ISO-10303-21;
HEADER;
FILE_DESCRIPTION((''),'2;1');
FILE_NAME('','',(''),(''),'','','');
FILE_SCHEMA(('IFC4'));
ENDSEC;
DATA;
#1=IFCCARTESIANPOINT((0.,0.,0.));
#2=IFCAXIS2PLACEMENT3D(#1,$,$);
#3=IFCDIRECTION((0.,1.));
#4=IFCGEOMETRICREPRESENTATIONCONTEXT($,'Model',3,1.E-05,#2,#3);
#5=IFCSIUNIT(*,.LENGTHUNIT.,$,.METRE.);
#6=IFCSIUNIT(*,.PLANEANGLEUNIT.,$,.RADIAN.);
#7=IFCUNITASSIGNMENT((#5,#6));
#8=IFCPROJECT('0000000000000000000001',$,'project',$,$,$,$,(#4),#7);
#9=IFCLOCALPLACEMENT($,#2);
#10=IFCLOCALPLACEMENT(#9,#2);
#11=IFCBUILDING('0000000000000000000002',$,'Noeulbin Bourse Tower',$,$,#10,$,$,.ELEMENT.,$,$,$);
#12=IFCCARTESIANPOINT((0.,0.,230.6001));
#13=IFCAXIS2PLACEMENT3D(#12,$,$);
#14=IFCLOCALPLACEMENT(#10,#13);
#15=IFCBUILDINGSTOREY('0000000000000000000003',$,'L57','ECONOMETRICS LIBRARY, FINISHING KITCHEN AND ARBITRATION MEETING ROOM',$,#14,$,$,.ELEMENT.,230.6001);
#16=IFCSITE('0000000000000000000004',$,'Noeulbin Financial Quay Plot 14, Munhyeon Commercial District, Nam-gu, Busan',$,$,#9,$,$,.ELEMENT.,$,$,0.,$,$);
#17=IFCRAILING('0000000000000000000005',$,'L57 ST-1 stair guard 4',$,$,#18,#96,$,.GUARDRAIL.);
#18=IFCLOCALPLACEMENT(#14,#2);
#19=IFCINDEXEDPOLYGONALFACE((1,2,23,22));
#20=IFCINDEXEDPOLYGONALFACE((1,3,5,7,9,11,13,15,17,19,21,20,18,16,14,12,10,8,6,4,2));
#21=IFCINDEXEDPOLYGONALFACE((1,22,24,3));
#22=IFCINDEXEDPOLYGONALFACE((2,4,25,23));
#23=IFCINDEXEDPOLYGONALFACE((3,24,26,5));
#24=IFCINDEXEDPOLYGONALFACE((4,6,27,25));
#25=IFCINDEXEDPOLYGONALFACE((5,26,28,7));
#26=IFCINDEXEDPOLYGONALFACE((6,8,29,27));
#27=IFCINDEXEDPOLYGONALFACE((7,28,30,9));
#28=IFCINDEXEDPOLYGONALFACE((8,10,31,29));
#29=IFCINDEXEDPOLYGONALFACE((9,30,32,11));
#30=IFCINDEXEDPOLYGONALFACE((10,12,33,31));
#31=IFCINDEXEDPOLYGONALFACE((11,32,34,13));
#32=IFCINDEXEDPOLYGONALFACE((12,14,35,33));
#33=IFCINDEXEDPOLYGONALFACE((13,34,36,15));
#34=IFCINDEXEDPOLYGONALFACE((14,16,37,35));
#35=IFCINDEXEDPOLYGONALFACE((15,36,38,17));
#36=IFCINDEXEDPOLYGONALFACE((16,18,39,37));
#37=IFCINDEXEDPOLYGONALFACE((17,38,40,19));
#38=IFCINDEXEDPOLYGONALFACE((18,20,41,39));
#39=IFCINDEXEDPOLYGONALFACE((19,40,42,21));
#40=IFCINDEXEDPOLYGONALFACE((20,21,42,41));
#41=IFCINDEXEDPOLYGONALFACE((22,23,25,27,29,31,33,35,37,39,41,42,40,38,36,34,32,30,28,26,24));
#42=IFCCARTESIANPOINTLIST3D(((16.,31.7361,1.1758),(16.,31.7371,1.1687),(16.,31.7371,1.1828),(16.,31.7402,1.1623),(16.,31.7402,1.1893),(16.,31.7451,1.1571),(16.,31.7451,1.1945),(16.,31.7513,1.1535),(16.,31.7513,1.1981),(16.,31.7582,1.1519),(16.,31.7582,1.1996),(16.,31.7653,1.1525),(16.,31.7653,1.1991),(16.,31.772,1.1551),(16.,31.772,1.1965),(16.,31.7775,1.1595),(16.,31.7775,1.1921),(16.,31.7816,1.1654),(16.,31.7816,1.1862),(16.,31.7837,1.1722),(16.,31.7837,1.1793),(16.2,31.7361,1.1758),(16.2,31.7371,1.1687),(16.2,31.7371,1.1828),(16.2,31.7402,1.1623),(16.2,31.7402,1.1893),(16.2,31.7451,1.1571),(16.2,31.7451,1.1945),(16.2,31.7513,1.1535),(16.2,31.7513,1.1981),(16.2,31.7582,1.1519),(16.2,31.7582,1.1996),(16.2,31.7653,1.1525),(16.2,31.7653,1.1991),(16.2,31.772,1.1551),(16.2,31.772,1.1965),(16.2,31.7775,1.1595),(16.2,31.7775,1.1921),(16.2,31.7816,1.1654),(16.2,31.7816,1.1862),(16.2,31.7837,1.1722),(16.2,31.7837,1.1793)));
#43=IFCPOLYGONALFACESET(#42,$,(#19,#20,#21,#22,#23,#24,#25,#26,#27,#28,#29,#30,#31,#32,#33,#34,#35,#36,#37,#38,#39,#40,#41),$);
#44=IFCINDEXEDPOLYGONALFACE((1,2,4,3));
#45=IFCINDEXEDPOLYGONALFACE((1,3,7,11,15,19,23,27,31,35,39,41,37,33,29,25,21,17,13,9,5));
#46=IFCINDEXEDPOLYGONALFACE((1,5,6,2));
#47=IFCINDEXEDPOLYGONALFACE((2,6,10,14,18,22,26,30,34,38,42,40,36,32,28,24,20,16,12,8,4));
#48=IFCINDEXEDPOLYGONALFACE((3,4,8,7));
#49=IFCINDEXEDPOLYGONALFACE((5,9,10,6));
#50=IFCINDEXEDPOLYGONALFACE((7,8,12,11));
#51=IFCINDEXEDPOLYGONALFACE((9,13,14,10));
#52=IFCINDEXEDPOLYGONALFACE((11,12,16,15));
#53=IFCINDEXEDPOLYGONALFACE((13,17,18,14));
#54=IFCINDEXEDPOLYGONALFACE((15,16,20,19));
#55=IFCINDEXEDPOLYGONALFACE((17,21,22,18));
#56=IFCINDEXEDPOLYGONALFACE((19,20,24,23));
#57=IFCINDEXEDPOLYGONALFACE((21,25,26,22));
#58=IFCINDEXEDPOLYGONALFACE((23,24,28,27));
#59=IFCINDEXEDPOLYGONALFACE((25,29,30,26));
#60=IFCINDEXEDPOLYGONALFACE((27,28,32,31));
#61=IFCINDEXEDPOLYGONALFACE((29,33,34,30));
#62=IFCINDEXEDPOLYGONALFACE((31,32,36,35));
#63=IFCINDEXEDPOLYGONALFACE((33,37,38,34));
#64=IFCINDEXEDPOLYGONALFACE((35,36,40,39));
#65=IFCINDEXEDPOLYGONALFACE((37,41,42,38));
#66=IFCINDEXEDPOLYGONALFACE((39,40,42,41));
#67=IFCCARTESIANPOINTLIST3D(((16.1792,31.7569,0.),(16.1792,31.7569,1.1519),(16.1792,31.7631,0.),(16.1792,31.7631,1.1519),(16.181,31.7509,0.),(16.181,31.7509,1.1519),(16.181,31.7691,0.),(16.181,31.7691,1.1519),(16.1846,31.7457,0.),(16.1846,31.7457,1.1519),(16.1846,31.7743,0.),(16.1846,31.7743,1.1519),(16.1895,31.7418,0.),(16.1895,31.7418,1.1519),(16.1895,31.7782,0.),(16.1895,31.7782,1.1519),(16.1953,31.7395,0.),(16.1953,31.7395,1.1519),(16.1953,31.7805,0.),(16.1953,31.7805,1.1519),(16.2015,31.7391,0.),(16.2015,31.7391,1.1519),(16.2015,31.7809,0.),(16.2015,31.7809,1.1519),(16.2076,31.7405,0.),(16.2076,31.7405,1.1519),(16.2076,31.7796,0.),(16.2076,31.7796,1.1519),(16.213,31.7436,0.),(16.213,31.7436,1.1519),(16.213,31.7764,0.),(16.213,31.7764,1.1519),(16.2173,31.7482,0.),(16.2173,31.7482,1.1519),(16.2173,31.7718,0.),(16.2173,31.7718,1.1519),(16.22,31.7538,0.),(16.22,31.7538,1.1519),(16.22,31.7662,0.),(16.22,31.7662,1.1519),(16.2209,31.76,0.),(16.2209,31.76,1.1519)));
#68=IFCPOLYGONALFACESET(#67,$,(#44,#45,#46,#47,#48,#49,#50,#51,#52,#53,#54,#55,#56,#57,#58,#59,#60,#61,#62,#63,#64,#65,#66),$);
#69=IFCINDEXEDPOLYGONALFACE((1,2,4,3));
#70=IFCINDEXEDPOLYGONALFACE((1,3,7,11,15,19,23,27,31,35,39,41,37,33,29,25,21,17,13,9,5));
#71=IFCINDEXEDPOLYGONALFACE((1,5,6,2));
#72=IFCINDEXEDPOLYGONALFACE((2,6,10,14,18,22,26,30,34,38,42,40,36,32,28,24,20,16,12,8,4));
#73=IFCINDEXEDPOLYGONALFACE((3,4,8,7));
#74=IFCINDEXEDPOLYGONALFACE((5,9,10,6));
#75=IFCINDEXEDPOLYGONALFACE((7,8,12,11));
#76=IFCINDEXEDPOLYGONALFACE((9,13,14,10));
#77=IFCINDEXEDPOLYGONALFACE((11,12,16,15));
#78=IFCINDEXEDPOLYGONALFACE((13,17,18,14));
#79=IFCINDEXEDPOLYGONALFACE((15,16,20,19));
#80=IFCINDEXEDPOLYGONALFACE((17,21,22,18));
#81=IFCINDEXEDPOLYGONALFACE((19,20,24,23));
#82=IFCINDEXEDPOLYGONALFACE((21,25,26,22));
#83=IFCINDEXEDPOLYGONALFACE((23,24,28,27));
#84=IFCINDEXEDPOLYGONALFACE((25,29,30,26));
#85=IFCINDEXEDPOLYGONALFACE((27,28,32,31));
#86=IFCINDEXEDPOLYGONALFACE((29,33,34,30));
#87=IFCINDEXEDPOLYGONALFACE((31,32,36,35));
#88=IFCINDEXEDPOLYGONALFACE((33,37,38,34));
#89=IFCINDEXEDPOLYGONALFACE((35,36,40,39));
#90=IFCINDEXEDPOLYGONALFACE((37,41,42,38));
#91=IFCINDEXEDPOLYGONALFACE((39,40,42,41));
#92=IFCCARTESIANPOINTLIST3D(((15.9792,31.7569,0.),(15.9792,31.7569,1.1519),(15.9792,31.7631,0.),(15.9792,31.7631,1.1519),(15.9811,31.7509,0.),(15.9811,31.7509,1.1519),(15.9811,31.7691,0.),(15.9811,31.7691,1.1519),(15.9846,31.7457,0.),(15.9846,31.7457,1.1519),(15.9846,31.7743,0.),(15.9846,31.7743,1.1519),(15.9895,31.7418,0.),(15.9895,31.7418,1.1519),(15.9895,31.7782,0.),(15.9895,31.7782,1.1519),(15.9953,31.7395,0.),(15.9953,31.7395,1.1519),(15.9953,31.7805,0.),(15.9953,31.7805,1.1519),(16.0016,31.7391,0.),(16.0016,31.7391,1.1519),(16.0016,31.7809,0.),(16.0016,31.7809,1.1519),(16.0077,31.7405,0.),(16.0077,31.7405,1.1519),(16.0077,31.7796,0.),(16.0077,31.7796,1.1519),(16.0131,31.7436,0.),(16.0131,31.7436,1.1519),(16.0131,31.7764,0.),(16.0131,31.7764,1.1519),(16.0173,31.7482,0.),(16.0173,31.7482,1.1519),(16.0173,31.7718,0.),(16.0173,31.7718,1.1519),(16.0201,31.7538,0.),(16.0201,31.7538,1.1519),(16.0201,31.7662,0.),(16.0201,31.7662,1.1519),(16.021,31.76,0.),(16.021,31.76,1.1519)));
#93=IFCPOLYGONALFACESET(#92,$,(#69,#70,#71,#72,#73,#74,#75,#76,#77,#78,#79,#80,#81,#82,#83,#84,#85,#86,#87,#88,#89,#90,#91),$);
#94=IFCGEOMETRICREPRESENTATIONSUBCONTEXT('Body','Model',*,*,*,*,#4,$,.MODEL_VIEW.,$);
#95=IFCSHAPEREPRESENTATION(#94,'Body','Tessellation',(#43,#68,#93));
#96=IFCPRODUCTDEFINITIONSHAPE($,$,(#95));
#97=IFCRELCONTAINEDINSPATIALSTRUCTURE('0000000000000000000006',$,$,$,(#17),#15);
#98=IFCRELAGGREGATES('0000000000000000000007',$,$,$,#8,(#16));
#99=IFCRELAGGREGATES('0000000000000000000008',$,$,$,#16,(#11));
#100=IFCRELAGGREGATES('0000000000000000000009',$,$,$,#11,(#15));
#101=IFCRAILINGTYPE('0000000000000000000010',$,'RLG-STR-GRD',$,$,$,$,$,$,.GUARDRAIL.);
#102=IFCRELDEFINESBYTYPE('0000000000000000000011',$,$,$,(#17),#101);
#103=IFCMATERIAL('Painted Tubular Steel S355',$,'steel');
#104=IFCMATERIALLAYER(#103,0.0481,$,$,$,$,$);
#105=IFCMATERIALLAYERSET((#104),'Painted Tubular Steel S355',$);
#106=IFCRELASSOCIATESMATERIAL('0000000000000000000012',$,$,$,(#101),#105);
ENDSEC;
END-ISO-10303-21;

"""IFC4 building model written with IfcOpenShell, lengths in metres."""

from ifc_helpers import new_model, si_unit, direction, frame, origin, origin_2d, place, context, subcontext, project, spatial, circle, extrude, material, layer, layer_set, type_object, element, save


model = new_model("IFC4")

# Units and contexts
model_context = context("Model", 3, precision=1e-05, world=origin(), true_north=direction((0.0, 1.0)))
body_context = subcontext(model_context, "Body", "Model", "MODEL_VIEW")
ifc_project = project(units=[si_unit("LENGTHUNIT", "METRE"), si_unit("PLANEANGLEUNIT", "RADIAN")], contexts=[model_context])

# Site, building, storey
site_placement = place(None, origin())
site = spatial("IfcSite", under=ifc_project, at=site_placement, Name="Noeulbin Financial Quay Plot 14, Munhyeon Commercial District, Nam-gu, Busan", CompositionType="ELEMENT", RefElevation=0.0)
building_placement = place(site_placement, origin())
building = spatial("IfcBuilding", under=site, at=building_placement, Name="Noeulbin Bourse Tower", CompositionType="ELEMENT")
storey_placement = place(building_placement, frame((0.0, 0.0, 230.6001)))
storey = spatial("IfcBuildingStorey", under=building, at=storey_placement, Name="L57", Description="ECONOMETRICS LIBRARY, FINISHING KITCHEN AND ARBITRATION MEETING ROOM", CompositionType="ELEMENT", Elevation=230.6001)

# Railing
ifc_material_1 = material(Name="Painted Tubular Steel S355", Category="steel")
ifc_layer_1 = layer(ifc_material_1, 0.0481)
ifc_layer_set_1 = layer_set([ifc_layer_1], Name="Painted Tubular Steel S355")
railing_type_1 = type_object("IfcRailingType", Name="RLG-STR-GRD", PredefinedType="GUARDRAIL", material=ifc_layer_set_1)
railing_1_placement = place(storey_placement, frame((16.2, 31.76, 0.0)))
element("IfcRailing", 1, at=railing_1_placement, inside=storey, type_object=railing_type_1, Name="L57 ST-1 stair guard 4", PredefinedType="GUARDRAIL", context=body_context, shape_type="SweptSolid", body=[
    extrude(circle(Radius=0.0239, at=origin_2d()), frame((0.0, 0.0, 1.1758), z_axis=(-1.0, 0.0, 0.0), x_axis=(0.0, -1.0, 0.0)), (0.0, 0.0, 1.0), 0.2),
    extrude(circle(Radius=0.021, at=origin_2d()), origin(), (0.0, 0.0, 1.0), 1.1519),
    extrude(circle(Radius=0.021, at=origin_2d()), frame((-0.2, 0.0, 0.0)), (0.0, 0.0, 1.0), 1.1519),
])

save(model, "model.ifc")
